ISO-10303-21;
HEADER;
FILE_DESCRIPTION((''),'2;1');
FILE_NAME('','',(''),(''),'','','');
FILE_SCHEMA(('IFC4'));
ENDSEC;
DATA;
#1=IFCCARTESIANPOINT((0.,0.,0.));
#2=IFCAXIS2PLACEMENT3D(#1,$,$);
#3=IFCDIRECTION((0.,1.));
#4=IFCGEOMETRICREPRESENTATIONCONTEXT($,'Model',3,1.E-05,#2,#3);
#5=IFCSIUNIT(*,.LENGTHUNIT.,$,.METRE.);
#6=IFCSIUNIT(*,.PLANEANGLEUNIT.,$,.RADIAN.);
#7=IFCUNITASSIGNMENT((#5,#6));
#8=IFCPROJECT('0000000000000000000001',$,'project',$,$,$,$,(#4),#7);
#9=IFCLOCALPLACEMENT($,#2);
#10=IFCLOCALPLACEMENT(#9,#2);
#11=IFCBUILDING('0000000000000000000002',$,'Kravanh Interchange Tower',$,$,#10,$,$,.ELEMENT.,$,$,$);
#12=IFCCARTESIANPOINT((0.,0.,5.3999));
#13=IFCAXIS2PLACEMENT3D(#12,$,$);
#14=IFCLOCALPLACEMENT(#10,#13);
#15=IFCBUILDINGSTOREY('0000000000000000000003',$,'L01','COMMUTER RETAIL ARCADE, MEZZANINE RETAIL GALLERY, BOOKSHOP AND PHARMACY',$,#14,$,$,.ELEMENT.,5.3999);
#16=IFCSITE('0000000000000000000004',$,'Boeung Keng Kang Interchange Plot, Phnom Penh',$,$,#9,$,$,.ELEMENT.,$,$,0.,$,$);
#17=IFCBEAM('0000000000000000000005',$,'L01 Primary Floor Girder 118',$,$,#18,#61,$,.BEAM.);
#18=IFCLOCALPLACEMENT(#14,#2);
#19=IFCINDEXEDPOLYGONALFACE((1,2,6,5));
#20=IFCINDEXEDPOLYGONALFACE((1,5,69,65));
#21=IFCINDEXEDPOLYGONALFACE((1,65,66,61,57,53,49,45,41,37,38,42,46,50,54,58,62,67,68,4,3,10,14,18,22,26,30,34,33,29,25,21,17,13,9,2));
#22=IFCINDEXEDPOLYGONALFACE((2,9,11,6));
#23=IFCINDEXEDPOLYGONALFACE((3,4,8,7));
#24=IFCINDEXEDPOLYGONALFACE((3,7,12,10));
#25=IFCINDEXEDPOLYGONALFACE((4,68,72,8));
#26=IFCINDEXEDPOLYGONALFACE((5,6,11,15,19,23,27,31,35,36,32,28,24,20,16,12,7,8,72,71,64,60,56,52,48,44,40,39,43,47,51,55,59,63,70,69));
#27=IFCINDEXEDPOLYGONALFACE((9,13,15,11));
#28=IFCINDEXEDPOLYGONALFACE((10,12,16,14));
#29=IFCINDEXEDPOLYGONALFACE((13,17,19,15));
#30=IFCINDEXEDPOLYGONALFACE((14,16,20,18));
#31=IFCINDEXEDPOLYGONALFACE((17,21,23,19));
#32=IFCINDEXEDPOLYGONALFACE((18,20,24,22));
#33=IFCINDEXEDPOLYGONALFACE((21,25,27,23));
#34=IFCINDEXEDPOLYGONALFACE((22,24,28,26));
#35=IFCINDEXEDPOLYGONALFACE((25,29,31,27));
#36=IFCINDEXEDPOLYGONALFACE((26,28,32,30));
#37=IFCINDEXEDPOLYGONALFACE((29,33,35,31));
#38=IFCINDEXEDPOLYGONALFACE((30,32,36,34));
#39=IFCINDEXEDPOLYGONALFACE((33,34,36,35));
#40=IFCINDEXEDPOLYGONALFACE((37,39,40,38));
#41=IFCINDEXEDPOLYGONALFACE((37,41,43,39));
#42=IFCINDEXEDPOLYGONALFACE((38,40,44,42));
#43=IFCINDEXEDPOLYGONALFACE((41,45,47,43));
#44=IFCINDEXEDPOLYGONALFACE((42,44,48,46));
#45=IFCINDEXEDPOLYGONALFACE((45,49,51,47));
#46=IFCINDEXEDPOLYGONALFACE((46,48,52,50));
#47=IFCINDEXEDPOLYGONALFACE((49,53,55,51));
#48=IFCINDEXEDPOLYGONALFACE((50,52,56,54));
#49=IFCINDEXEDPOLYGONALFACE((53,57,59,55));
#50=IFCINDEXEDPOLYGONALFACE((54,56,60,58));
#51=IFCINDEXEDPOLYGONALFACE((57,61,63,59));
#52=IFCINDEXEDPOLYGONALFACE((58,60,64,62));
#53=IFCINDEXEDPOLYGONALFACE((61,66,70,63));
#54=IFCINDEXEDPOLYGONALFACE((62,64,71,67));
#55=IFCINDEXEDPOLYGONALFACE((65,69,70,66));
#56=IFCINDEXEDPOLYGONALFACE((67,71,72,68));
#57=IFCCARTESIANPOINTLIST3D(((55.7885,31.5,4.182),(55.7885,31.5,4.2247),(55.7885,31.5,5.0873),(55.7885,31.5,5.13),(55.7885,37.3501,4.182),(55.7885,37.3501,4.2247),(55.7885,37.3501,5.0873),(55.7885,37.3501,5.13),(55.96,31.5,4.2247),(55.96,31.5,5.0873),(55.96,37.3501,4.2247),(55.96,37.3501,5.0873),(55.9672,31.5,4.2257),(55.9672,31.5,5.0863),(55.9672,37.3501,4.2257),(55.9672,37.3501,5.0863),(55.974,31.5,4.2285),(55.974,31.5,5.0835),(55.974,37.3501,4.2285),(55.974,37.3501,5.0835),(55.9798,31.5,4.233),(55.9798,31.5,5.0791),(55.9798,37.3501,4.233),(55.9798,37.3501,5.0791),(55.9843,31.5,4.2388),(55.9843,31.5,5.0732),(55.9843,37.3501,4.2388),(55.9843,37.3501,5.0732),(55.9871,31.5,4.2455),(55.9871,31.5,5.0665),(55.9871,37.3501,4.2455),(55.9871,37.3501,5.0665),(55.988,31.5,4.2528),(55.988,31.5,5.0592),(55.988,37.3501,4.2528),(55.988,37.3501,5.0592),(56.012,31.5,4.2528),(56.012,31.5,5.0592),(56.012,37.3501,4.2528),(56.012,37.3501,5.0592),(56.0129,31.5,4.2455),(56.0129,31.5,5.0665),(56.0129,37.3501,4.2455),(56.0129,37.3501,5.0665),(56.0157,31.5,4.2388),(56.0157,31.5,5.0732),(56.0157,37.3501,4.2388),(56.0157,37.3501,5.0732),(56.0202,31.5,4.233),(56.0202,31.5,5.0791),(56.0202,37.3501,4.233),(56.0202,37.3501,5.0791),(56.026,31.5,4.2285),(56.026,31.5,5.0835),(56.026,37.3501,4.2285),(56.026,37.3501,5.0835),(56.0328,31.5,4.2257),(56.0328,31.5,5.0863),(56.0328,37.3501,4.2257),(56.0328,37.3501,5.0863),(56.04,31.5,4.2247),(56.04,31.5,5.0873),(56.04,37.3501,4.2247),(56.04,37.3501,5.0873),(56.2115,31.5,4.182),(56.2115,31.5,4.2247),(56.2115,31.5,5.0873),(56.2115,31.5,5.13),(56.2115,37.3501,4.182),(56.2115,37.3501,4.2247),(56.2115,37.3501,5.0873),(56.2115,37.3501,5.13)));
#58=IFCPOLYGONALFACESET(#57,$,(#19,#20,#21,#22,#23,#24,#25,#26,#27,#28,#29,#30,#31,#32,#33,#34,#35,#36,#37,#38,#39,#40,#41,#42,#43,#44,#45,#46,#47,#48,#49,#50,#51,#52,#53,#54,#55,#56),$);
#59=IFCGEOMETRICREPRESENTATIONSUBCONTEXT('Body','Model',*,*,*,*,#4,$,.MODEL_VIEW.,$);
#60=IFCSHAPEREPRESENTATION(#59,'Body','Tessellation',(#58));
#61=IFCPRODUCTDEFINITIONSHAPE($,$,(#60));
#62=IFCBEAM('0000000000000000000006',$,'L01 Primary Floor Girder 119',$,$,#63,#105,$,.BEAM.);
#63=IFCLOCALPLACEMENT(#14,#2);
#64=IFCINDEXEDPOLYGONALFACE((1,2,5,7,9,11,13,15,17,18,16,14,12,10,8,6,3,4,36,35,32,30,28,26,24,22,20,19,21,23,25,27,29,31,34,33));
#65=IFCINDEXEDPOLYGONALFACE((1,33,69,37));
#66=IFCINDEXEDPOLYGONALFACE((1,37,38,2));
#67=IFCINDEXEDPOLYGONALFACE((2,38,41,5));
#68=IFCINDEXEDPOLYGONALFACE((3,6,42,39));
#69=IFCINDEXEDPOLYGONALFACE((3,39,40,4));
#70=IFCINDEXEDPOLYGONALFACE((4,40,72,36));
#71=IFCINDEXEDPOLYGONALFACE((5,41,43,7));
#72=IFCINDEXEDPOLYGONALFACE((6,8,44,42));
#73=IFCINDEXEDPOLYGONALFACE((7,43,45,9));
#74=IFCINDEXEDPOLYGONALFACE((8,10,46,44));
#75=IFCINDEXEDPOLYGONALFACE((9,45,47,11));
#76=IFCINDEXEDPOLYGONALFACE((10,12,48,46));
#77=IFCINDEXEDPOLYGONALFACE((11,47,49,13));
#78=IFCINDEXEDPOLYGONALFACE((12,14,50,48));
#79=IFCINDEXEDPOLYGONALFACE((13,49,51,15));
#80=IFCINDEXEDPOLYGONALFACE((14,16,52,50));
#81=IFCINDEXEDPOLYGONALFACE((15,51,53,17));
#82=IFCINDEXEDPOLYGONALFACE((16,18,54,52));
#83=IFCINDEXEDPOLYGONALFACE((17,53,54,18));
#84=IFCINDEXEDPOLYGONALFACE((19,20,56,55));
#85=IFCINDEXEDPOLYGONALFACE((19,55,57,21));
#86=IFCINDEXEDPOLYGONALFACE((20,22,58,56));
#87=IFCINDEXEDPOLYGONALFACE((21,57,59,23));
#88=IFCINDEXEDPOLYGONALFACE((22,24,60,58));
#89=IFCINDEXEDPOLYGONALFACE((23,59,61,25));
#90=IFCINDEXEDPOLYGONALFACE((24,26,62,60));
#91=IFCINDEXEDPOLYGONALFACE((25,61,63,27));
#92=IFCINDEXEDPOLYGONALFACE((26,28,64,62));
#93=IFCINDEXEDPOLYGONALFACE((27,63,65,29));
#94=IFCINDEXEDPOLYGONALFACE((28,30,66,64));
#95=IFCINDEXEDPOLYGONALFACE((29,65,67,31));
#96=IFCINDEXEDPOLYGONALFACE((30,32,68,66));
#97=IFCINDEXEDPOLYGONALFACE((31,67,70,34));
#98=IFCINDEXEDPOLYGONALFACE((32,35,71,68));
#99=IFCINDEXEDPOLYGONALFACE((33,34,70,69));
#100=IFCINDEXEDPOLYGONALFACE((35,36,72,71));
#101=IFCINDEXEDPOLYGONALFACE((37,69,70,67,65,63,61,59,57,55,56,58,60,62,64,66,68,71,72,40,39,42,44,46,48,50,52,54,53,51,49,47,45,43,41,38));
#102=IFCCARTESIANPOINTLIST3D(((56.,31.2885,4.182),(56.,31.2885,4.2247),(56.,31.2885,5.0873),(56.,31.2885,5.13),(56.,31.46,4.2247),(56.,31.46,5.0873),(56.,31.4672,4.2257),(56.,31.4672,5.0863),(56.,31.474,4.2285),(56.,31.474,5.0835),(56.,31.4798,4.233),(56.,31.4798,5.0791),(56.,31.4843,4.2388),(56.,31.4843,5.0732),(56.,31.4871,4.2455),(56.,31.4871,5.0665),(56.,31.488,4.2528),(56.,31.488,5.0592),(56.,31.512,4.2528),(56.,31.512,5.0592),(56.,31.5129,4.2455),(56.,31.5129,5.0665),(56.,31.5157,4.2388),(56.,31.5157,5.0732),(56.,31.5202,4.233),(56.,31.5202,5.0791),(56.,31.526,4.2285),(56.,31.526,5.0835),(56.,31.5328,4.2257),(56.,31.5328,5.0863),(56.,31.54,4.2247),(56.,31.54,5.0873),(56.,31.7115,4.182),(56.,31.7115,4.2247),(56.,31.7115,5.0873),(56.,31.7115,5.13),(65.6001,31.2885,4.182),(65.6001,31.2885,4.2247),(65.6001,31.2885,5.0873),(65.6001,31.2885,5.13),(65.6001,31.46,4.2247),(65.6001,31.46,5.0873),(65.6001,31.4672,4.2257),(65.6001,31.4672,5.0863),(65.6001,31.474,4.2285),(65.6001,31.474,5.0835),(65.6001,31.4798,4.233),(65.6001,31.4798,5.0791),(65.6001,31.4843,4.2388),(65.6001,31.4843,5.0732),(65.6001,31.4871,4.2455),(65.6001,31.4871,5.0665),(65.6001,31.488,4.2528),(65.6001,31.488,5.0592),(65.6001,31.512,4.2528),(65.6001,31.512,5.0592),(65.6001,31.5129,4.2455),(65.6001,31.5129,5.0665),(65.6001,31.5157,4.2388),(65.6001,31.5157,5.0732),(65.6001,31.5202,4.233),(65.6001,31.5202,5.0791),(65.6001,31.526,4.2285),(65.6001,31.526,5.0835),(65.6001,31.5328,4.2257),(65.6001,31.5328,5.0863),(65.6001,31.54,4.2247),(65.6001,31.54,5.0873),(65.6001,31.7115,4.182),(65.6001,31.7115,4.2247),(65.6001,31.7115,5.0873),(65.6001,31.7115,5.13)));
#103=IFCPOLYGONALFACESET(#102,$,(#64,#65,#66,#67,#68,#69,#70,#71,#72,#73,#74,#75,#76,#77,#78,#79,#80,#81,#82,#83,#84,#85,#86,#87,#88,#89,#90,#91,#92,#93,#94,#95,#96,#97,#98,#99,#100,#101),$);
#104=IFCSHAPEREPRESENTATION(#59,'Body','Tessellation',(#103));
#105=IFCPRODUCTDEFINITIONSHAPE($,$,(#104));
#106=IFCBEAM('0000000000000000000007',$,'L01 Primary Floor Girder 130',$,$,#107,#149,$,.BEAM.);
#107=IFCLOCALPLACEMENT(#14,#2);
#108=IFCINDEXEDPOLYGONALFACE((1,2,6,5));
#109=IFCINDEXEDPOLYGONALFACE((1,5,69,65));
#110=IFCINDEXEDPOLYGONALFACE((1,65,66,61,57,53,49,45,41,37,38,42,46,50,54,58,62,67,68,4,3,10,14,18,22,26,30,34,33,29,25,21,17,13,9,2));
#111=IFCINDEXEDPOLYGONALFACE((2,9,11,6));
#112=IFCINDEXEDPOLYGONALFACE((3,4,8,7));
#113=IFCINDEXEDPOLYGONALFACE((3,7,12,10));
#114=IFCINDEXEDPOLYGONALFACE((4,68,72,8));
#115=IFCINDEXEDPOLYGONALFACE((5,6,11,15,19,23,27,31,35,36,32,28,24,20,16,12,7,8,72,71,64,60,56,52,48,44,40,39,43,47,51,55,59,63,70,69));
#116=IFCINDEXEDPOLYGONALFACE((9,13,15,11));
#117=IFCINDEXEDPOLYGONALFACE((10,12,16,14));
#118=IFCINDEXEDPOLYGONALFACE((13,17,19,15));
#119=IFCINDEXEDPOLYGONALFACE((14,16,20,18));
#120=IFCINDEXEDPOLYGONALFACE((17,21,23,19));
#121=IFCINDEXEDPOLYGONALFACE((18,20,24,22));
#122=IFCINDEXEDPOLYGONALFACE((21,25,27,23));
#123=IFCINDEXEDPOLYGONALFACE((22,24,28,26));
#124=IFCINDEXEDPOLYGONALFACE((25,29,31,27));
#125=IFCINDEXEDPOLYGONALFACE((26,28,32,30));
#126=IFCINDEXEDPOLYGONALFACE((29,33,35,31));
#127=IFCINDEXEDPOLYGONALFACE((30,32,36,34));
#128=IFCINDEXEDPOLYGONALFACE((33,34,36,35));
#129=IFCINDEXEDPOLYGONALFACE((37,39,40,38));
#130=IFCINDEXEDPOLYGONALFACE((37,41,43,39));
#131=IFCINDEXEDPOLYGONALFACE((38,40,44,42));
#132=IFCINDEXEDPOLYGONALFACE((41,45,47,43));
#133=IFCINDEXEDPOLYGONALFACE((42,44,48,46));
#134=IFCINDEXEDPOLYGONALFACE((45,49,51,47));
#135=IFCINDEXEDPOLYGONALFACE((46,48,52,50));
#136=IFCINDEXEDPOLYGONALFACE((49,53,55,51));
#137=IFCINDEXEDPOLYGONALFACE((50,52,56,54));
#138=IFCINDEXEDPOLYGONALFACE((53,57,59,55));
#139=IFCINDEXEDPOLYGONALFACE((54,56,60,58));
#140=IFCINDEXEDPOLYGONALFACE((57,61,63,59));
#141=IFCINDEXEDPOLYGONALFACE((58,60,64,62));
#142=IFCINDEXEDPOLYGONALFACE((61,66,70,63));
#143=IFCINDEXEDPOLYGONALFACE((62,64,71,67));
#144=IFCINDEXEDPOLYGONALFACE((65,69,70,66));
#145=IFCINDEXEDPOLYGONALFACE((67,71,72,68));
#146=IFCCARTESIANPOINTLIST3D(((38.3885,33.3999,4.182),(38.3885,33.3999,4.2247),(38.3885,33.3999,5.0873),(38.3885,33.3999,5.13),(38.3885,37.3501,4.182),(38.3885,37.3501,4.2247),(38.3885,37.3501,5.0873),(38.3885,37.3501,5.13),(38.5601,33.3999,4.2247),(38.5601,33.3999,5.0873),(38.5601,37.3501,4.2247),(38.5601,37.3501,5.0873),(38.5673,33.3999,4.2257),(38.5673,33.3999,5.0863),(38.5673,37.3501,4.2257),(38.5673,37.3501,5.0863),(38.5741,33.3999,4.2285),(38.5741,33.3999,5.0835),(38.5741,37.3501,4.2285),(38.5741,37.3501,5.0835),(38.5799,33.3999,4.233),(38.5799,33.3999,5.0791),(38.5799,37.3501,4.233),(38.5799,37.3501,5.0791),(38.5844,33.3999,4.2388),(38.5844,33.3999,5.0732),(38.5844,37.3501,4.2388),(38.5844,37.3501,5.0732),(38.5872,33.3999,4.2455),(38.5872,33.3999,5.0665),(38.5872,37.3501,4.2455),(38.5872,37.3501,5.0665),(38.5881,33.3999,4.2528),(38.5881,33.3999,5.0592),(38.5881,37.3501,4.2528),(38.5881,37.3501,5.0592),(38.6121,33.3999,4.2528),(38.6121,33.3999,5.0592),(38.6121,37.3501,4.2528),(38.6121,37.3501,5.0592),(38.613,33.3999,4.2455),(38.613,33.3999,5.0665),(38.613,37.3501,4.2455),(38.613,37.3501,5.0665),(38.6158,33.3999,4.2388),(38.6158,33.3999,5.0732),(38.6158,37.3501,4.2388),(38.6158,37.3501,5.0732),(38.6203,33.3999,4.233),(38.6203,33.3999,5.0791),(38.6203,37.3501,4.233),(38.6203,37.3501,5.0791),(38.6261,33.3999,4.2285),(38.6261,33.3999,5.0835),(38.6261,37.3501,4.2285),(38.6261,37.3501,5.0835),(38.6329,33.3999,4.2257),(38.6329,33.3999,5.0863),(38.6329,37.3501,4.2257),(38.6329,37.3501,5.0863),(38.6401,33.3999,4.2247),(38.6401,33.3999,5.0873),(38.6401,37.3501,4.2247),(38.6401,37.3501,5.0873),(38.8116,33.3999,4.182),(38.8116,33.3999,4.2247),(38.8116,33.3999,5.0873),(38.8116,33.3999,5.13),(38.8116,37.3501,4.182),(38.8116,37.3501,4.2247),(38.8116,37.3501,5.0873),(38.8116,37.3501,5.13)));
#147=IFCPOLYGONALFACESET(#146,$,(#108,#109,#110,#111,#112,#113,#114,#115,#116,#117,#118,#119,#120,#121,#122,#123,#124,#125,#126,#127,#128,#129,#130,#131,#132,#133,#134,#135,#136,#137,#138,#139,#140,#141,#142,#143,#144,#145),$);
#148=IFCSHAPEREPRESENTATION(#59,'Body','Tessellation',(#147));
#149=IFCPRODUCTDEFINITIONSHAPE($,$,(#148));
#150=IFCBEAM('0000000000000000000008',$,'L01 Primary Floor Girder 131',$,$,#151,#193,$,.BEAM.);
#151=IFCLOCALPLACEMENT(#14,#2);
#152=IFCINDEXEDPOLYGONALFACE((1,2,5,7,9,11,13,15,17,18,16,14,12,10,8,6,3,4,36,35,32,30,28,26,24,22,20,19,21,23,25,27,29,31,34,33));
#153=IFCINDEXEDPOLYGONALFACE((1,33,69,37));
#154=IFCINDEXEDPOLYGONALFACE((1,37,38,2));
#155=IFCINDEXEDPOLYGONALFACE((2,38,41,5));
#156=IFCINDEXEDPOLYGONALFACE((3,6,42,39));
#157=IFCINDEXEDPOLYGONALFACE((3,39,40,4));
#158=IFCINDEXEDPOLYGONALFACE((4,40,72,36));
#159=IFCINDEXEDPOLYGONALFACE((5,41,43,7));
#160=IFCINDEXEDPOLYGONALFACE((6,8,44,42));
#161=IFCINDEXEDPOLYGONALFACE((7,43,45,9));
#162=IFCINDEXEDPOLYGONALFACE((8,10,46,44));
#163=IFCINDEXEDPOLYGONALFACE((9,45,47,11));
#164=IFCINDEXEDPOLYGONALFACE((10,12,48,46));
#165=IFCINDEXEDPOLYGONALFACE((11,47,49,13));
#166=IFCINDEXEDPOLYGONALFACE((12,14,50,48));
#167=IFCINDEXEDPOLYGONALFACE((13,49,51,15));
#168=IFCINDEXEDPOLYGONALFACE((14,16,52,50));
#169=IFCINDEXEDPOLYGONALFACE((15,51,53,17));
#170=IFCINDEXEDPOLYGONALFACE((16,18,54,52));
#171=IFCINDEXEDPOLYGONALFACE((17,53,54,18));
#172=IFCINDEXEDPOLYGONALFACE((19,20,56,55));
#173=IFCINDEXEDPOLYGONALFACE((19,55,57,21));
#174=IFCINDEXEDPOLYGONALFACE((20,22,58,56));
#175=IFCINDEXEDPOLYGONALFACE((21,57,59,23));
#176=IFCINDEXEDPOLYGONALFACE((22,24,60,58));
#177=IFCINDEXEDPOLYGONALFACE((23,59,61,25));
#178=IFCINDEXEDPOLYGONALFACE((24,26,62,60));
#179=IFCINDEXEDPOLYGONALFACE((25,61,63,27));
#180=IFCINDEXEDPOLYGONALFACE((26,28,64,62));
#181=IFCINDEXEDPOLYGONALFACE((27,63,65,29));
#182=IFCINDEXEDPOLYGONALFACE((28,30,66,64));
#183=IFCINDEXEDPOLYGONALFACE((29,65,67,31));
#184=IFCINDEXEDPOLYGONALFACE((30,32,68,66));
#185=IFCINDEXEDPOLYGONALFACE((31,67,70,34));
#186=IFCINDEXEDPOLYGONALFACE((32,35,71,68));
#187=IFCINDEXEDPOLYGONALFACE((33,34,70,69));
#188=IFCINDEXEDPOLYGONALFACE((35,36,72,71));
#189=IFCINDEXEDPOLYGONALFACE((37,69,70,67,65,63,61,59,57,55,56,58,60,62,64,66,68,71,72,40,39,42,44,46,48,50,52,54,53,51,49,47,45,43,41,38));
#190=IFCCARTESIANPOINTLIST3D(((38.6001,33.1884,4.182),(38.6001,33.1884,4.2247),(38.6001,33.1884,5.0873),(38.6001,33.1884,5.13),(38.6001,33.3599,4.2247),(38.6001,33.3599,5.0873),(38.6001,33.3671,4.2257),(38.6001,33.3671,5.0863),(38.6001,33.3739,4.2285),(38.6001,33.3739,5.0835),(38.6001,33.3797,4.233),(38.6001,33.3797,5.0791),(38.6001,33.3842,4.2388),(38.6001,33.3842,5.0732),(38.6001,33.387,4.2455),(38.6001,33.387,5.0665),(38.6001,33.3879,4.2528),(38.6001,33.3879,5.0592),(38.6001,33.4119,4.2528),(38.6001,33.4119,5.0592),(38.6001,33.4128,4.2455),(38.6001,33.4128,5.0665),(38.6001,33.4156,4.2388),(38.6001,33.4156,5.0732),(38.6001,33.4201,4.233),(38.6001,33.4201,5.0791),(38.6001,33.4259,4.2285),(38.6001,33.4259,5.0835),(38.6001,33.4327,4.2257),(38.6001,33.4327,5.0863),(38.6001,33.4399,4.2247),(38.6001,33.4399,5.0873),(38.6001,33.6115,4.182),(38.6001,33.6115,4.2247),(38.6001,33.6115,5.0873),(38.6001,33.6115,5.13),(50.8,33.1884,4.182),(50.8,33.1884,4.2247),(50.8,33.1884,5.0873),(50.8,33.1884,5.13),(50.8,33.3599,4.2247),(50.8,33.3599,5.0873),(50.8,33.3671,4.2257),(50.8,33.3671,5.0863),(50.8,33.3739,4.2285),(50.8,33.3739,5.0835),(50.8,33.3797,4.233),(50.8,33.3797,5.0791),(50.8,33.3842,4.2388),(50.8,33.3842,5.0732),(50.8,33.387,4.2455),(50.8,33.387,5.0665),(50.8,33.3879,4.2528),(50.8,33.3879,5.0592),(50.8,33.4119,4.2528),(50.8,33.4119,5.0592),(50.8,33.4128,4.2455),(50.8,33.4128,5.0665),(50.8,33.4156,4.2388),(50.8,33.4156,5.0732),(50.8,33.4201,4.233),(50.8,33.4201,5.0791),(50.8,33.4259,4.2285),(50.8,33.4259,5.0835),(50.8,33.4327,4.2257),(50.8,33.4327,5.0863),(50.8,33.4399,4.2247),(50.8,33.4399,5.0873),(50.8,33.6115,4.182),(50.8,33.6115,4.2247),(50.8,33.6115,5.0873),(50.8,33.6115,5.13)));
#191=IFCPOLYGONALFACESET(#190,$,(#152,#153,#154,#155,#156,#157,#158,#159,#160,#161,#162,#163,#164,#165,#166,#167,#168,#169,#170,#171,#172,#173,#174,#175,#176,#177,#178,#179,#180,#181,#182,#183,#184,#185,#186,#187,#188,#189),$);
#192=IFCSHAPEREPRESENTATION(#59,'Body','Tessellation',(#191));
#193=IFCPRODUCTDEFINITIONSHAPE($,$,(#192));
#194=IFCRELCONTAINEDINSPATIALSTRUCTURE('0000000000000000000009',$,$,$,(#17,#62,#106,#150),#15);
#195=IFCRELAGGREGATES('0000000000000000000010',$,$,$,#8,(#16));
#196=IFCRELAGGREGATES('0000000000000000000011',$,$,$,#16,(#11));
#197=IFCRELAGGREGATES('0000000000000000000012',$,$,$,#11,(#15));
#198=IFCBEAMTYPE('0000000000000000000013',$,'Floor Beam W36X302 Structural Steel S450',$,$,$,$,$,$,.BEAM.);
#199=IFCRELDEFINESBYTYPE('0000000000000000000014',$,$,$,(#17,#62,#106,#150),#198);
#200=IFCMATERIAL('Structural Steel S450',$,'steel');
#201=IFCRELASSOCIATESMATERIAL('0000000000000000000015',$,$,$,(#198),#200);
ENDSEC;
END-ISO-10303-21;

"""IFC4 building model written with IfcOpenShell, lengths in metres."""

from ifc_helpers import new_model, si_unit, direction, frame, origin, origin_2d, place, context, subcontext, project, spatial, i_section, extrude, material, material_profile, profile_set, type_object, element, save


model = new_model("IFC4")

# Units and contexts
model_context = context("Model", 3, precision=1e-05, world=origin(), true_north=direction((0.0, 1.0)))
body_context = subcontext(model_context, "Body", "Model", "MODEL_VIEW")
ifc_project = project(units=[si_unit("LENGTHUNIT", "METRE"), si_unit("PLANEANGLEUNIT", "RADIAN")], contexts=[model_context])

# Site, building, storey
site_placement = place(None, origin())
site = spatial("IfcSite", under=ifc_project, at=site_placement, Name="Boeung Keng Kang Interchange Plot, Phnom Penh", CompositionType="ELEMENT", RefElevation=0.0)
building_placement = place(site_placement, origin())
building = spatial("IfcBuilding", under=site, at=building_placement, Name="Kravanh Interchange Tower", CompositionType="ELEMENT")
storey_placement = place(building_placement, frame((0.0, 0.0, 5.3999)))
storey = spatial("IfcBuildingStorey", under=building, at=storey_placement, Name="L01", Description="COMMUTER RETAIL ARCADE, MEZZANINE RETAIL GALLERY, BOOKSHOP AND PHARMACY", CompositionType="ELEMENT", Elevation=5.3999)

# Beams
ifc_material_1 = material(Name="Structural Steel S450", Category="steel")
ifc_material_profile_1 = material_profile(ifc_material_1, i_section(OverallWidth=0.4231, OverallDepth=0.948, WebThickness=0.0239, FlangeThickness=0.0427, FilletRadius=0.0281, at=origin_2d()), Name="W36X302")
ifc_profile_set_1 = profile_set([ifc_material_profile_1], Name="Structural Steel S450")
beam_type_1 = type_object("IfcBeamType", Name="Floor Beam W36X302 Structural Steel S450", PredefinedType="BEAM", material=ifc_profile_set_1)
beam_1_placement = place(storey_placement, frame((56.0, 31.5, 4.656), z_axis=(0.0, 1.0, 0.0), x_axis=(-1.0, 0.0, 0.0)))
element("IfcBeam", 1, at=beam_1_placement, inside=storey, type_object=beam_type_1, Name="L01 Primary Floor Girder 118", PredefinedType="BEAM", context=body_context, shape_type="SweptSolid", body=[
    extrude(i_section(OverallWidth=0.4231, OverallDepth=0.948, WebThickness=0.0239, FlangeThickness=0.0427, FilletRadius=0.0281, at=origin_2d()), origin(), (0.0, 0.0, 1.0), 5.8501),
])
beam_2_placement = place(storey_placement, frame((56.0, 31.5, 4.656), z_axis=(1.0, 0.0, 0.0), x_axis=(0.0, 1.0, 0.0)))
element("IfcBeam", 2, at=beam_2_placement, inside=storey, type_object=beam_type_1, Name="L01 Primary Floor Girder 119", PredefinedType="BEAM", context=body_context, shape_type="SweptSolid", body=[
    extrude(i_section(OverallWidth=0.4231, OverallDepth=0.948, WebThickness=0.0239, FlangeThickness=0.0427, FilletRadius=0.0281, at=origin_2d()), origin(), (0.0, 0.0, 1.0), 9.6001),
])
beam_3_placement = place(storey_placement, frame((38.6001, 33.3999, 4.656), z_axis=(0.0, 1.0, 0.0), x_axis=(-1.0, 0.0, 0.0)))
element("IfcBeam", 3, at=beam_3_placement, inside=storey, type_object=beam_type_1, Name="L01 Primary Floor Girder 130", PredefinedType="BEAM", context=body_context, shape_type="SweptSolid", body=[
    extrude(i_section(OverallWidth=0.4231, OverallDepth=0.948, WebThickness=0.0239, FlangeThickness=0.0427, FilletRadius=0.0281, at=origin_2d()), origin(), (0.0, 0.0, 1.0), 3.9502),
])
beam_4_placement = place(storey_placement, frame((38.6001, 33.3999, 4.656), z_axis=(1.0, 0.0, 0.0), x_axis=(0.0, 1.0, 0.0)))
element("IfcBeam", 4, at=beam_4_placement, inside=storey, type_object=beam_type_1, Name="L01 Primary Floor Girder 131", PredefinedType="BEAM", context=body_context, shape_type="SweptSolid", body=[
    extrude(i_section(OverallWidth=0.4231, OverallDepth=0.948, WebThickness=0.0239, FlangeThickness=0.0427, FilletRadius=0.0281, at=origin_2d()), origin(), (0.0, 0.0, 1.0), 12.2),
])

save(model, "model.ifc")
